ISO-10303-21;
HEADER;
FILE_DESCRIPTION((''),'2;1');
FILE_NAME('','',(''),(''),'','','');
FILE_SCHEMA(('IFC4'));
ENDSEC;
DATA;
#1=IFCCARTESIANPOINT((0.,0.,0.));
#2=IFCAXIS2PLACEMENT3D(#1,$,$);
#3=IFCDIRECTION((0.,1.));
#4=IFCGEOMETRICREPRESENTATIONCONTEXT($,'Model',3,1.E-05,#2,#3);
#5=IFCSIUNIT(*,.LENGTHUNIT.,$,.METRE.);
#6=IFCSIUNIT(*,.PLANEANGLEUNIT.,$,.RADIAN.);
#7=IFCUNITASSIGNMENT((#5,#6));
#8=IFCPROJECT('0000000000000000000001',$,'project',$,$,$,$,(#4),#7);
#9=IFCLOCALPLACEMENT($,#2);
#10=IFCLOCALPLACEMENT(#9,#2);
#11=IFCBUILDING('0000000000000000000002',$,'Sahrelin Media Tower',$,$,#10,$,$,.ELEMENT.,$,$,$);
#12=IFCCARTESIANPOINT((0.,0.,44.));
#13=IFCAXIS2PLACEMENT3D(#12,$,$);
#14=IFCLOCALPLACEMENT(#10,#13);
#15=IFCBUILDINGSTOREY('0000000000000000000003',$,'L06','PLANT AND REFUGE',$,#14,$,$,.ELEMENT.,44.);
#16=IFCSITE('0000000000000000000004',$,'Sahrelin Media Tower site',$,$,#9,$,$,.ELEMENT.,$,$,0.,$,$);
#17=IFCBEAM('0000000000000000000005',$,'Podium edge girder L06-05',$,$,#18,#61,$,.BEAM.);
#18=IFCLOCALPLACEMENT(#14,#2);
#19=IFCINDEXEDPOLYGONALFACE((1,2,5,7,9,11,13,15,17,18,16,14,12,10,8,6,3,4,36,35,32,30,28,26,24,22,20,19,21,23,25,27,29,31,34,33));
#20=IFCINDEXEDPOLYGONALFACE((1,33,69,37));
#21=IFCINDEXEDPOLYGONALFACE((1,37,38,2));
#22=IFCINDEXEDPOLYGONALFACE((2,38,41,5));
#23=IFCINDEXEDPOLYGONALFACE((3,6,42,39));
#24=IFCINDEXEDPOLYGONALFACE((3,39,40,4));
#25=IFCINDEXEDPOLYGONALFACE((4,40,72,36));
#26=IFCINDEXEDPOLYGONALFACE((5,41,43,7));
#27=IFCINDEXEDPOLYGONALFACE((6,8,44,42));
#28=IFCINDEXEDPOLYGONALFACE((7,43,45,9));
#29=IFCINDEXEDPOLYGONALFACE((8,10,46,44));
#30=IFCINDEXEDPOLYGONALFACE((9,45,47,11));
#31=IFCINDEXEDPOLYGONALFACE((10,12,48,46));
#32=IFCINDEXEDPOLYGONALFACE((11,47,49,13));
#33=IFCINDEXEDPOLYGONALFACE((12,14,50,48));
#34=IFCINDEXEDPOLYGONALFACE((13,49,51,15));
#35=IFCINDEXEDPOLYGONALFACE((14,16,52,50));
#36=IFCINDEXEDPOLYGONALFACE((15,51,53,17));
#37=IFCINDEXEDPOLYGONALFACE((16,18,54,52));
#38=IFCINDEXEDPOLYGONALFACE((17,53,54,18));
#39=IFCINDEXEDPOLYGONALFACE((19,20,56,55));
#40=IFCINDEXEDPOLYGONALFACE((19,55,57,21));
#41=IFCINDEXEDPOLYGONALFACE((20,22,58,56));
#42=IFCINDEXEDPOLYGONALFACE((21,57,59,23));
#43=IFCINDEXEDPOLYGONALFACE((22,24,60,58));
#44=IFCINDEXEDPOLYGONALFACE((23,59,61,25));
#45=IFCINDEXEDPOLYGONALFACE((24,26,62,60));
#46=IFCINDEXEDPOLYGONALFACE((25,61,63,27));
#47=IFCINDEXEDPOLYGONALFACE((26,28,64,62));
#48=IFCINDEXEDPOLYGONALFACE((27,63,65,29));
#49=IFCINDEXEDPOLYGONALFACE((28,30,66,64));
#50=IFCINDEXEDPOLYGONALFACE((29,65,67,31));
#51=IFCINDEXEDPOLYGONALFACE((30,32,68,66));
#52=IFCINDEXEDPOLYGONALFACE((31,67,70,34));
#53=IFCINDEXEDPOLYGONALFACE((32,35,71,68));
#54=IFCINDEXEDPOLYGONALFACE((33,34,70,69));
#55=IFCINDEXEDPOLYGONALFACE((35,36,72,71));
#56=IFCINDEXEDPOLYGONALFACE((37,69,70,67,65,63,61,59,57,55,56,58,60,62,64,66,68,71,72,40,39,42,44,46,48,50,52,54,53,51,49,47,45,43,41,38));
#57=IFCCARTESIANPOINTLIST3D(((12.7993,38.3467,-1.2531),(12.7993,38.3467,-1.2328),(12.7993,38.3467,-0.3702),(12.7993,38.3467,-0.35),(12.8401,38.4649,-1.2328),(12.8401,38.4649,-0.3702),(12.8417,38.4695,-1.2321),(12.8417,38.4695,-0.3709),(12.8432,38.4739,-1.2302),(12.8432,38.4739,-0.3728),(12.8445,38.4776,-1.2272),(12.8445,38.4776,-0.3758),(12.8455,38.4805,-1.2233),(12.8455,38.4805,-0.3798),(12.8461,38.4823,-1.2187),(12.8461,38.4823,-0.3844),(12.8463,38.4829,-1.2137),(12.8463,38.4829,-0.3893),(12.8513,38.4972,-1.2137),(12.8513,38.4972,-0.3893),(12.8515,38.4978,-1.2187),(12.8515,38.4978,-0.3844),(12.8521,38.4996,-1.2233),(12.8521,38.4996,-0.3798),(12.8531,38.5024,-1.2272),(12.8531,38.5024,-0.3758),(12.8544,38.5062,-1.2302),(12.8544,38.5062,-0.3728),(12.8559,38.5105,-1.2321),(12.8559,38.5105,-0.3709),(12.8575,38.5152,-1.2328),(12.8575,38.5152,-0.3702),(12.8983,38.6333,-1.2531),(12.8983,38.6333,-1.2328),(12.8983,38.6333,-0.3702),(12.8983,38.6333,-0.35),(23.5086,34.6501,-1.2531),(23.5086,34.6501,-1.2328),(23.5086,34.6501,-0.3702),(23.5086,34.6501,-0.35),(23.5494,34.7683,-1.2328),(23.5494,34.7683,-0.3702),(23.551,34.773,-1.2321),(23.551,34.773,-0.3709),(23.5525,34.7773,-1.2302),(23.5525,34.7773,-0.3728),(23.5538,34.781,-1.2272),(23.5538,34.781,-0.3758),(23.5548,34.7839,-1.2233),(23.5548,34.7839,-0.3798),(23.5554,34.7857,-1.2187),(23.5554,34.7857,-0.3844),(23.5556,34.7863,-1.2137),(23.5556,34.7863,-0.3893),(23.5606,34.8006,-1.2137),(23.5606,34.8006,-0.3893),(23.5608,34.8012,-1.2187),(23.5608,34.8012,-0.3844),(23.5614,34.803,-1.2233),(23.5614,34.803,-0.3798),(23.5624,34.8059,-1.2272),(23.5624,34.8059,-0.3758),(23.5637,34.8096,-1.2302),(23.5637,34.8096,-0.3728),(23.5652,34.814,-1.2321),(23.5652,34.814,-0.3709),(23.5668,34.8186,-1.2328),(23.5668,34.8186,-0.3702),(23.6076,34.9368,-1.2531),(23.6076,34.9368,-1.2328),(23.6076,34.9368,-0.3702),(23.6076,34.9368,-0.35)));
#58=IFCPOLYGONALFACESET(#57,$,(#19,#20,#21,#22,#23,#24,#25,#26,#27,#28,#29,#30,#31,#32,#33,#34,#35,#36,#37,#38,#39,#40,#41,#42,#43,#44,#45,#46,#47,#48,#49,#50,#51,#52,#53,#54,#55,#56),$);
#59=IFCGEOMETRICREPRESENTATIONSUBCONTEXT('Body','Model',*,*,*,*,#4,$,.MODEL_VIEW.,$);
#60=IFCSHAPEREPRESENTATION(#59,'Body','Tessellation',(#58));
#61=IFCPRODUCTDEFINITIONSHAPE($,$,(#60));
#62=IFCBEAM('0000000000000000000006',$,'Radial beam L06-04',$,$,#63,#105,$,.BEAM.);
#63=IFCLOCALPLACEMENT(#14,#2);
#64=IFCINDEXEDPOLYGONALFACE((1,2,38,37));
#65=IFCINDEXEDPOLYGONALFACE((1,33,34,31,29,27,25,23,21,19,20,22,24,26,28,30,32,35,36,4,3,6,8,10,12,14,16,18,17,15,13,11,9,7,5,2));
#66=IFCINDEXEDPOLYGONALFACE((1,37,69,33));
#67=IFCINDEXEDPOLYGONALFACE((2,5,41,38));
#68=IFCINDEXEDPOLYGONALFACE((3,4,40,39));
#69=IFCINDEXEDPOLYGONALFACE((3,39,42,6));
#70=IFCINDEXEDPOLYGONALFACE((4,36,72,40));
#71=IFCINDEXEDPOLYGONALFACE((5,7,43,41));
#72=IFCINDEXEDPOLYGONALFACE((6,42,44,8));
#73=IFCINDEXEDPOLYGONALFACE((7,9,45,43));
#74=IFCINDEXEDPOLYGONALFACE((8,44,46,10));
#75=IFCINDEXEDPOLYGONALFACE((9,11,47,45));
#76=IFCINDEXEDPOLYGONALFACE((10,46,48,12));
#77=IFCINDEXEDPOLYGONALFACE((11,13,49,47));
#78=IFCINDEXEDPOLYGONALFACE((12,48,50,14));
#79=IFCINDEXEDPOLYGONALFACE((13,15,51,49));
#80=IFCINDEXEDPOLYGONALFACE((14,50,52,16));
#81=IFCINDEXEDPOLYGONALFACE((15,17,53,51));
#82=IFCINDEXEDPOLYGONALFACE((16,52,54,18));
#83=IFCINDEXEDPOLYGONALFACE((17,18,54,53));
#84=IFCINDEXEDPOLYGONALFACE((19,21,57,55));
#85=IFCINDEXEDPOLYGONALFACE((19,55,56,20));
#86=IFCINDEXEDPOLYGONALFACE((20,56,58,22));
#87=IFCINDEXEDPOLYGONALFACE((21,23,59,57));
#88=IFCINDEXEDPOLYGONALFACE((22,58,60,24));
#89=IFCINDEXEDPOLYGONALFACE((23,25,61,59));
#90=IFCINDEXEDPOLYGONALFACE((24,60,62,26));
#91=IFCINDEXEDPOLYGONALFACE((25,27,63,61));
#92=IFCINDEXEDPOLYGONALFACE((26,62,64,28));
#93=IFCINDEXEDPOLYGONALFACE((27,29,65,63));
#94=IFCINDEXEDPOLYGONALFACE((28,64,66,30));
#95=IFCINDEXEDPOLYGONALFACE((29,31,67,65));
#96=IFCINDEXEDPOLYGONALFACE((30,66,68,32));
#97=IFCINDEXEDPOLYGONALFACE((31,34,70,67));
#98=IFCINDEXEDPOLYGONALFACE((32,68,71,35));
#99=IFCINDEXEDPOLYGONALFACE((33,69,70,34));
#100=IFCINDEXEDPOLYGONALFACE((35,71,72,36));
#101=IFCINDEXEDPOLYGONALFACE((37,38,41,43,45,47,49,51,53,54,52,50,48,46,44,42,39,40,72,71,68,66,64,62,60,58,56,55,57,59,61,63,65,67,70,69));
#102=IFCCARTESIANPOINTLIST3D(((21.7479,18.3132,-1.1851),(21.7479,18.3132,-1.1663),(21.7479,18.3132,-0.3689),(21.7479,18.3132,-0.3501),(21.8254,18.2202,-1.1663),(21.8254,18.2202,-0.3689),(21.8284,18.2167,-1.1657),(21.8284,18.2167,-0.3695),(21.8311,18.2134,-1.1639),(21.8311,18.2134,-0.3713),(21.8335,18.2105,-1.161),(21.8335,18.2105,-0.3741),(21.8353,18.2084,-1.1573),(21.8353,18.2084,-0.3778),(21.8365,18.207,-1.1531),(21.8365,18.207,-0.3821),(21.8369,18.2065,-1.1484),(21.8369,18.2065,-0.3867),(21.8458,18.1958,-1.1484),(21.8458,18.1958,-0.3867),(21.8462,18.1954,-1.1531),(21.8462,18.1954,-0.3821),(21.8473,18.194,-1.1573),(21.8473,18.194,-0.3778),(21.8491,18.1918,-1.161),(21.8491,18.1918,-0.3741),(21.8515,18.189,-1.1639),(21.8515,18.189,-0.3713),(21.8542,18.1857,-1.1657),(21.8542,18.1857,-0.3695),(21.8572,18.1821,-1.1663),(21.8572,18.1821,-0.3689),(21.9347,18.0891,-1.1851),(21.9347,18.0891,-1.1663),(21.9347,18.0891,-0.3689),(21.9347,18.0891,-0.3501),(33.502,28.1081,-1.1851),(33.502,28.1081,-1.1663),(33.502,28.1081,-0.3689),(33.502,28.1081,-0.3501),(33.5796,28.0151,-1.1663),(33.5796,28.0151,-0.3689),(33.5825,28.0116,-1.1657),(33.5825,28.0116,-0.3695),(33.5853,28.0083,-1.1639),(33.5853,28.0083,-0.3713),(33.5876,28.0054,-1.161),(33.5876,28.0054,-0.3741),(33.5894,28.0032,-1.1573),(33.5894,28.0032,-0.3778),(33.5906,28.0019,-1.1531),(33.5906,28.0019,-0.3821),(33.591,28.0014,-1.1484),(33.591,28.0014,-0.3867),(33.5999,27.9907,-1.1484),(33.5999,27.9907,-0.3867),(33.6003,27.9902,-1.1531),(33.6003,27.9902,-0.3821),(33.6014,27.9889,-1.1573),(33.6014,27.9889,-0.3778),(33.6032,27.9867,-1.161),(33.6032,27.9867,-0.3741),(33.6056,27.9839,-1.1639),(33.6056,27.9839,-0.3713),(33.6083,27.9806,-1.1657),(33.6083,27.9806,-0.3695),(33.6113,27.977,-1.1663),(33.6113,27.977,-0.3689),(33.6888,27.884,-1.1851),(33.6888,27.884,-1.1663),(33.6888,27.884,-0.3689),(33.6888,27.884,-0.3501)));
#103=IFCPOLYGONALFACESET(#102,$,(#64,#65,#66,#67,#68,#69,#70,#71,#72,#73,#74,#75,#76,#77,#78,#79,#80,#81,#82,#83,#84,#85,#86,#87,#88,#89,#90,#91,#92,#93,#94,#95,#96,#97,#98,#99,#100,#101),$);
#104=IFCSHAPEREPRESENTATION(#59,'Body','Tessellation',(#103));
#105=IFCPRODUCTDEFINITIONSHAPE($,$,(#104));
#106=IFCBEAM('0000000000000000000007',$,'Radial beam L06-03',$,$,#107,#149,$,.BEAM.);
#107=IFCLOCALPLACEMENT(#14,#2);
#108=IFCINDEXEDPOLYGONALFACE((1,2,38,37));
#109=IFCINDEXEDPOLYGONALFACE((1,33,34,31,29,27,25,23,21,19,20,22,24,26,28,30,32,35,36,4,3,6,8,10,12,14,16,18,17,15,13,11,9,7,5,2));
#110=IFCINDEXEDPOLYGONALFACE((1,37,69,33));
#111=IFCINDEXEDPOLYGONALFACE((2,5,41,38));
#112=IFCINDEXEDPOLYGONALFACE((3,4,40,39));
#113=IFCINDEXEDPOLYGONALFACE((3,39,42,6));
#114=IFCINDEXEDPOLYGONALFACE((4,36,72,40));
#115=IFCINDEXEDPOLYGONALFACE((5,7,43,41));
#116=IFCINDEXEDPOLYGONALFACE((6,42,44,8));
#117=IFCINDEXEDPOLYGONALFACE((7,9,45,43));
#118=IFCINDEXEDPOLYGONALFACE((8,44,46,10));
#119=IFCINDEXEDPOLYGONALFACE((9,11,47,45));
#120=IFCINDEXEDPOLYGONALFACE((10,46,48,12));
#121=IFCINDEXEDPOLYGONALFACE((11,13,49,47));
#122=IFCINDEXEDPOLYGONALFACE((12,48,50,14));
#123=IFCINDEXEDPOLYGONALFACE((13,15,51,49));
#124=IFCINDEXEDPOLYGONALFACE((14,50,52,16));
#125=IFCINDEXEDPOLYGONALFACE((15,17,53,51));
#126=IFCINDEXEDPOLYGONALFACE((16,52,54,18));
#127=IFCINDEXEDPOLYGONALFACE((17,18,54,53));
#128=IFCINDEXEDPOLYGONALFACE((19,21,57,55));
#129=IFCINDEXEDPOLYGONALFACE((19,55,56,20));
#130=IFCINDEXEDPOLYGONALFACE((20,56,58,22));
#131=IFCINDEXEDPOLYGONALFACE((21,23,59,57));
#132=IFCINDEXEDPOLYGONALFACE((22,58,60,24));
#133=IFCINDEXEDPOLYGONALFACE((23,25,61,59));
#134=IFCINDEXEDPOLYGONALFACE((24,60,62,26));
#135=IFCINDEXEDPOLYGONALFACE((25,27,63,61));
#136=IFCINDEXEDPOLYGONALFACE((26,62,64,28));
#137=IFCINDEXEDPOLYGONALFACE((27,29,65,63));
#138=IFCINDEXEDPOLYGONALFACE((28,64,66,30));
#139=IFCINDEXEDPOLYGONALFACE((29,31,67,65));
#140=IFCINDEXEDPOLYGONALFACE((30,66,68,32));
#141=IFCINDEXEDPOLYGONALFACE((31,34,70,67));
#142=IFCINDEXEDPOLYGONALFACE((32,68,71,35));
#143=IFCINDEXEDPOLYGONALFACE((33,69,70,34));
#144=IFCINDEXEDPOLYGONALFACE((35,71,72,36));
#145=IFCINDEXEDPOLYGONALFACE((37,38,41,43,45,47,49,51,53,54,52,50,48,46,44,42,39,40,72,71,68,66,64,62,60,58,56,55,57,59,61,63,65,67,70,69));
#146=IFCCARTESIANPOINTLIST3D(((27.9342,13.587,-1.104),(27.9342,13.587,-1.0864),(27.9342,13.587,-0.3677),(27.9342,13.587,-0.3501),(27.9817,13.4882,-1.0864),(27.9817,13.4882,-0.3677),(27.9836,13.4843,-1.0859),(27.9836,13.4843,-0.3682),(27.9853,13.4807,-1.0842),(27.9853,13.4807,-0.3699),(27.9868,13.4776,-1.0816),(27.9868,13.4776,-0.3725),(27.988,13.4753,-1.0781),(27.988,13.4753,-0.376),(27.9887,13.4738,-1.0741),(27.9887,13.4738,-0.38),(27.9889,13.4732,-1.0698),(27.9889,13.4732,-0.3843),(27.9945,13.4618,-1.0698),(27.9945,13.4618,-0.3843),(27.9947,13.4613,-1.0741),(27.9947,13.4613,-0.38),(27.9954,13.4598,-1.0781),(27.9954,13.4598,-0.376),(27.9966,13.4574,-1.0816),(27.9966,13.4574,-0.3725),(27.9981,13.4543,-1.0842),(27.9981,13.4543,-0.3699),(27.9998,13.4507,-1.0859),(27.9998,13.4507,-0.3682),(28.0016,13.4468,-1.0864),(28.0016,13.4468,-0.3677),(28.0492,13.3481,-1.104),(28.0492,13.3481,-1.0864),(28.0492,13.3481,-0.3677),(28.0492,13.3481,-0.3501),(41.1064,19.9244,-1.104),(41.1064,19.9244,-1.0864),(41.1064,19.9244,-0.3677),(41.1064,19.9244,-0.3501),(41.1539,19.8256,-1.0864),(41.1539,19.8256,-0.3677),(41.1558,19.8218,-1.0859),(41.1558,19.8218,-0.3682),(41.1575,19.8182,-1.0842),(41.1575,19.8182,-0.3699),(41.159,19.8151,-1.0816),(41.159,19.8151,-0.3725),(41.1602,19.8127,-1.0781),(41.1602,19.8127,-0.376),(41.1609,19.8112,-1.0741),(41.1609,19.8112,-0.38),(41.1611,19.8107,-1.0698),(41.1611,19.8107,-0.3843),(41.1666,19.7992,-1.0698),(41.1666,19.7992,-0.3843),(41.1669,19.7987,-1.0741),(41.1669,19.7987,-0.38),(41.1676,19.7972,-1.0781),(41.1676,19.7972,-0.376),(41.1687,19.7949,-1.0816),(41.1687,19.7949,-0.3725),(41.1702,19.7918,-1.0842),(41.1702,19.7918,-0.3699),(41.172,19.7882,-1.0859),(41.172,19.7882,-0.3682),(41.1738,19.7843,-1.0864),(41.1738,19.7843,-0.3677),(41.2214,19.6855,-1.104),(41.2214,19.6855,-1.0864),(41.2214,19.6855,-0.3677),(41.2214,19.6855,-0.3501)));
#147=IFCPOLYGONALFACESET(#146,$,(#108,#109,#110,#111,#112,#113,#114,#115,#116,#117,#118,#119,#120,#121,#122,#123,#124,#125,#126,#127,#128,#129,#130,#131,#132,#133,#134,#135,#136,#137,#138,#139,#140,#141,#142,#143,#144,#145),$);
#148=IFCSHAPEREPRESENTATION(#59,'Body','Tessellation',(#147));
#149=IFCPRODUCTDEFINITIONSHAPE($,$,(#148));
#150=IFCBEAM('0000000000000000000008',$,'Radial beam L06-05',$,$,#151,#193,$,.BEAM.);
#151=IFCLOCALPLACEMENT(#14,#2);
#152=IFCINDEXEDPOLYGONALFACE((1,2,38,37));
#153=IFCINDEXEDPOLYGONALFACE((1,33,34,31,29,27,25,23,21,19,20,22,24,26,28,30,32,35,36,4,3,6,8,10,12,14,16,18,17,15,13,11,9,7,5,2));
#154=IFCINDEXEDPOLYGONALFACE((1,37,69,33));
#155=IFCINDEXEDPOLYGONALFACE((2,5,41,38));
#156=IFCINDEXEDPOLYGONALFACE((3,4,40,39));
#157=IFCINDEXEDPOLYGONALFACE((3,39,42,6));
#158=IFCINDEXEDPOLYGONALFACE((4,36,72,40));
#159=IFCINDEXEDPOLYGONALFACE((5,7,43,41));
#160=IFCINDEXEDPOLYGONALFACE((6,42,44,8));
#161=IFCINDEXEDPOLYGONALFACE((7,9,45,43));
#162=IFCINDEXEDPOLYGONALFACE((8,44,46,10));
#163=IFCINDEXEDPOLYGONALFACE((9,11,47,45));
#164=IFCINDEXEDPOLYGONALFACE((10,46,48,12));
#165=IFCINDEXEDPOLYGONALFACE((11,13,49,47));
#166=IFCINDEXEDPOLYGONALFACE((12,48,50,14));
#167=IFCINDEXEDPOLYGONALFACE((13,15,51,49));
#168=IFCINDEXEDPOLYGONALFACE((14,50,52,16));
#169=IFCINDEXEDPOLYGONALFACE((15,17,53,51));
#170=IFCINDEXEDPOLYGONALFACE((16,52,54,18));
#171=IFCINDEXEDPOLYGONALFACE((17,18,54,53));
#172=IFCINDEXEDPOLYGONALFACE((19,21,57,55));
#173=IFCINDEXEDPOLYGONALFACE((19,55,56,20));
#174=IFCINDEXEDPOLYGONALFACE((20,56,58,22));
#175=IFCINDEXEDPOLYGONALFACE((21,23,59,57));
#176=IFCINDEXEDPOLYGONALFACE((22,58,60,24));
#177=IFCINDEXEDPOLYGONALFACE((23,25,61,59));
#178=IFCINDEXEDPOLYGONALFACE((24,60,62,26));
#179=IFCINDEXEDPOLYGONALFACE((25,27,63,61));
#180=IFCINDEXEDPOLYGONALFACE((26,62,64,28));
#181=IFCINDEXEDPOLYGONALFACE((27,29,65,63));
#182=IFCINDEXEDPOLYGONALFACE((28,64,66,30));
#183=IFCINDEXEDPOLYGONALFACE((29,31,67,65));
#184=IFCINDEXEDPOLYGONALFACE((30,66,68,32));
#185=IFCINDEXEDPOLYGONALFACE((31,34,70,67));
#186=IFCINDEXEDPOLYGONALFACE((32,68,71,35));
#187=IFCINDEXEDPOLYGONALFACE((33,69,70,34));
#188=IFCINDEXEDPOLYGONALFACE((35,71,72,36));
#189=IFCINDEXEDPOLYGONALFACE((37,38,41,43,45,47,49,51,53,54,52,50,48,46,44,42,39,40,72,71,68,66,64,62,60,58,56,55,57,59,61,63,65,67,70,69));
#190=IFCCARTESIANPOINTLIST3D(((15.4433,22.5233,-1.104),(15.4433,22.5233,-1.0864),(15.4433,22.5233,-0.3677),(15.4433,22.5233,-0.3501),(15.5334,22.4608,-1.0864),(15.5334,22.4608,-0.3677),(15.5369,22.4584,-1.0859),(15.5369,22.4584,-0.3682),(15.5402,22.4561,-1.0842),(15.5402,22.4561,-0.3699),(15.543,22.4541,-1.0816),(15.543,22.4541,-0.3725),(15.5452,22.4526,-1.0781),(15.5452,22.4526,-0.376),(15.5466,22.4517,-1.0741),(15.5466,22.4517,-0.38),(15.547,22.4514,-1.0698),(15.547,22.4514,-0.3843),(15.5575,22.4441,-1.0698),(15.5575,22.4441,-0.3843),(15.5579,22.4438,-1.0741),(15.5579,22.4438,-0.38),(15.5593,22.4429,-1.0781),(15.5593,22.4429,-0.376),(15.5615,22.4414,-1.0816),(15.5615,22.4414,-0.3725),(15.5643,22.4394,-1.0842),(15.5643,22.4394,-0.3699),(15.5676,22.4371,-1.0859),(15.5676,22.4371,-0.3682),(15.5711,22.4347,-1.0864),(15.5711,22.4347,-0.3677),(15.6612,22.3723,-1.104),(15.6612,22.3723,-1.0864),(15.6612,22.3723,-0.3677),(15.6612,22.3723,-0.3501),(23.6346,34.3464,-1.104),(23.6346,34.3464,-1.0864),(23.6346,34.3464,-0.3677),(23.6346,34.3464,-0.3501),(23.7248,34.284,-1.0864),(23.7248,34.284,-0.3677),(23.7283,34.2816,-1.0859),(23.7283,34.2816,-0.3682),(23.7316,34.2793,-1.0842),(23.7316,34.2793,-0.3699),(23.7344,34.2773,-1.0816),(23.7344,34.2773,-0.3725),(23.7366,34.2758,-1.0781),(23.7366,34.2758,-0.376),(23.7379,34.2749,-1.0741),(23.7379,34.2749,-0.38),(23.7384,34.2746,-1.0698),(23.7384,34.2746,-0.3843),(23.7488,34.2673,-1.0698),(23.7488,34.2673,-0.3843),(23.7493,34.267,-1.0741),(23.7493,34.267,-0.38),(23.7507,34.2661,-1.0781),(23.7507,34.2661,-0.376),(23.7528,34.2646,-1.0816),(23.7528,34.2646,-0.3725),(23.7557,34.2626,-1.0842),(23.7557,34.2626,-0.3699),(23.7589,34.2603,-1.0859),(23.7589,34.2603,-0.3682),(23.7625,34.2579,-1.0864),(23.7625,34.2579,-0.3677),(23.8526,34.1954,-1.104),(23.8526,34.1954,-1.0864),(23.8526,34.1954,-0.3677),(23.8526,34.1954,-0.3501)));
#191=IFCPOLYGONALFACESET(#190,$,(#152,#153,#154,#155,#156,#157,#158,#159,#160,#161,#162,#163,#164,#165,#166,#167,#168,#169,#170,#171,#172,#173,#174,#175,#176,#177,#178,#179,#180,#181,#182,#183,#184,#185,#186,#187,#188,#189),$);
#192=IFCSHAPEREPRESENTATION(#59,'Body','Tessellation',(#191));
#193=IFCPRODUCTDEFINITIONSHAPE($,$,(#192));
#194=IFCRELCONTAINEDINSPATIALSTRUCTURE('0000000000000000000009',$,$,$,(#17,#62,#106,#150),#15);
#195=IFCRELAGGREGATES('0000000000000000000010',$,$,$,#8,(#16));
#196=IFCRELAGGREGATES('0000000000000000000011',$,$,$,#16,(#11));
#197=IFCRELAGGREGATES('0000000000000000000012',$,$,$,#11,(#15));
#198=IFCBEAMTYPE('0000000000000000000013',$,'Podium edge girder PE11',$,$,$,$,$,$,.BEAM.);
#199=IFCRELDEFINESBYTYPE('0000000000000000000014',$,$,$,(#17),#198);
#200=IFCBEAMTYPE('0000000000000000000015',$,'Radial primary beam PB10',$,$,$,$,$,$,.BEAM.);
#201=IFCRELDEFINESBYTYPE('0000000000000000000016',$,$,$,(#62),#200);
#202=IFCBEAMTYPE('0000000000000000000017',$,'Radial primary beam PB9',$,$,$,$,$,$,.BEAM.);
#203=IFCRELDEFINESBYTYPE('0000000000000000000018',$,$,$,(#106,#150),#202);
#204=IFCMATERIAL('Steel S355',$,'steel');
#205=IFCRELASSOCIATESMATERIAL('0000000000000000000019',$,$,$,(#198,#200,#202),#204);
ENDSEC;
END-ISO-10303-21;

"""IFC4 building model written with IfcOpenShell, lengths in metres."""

from ifc_helpers import new_model, si_unit, direction, frame, origin, origin_2d, place, context, subcontext, project, spatial, i_section, extrude, material, material_profile, profile_set, type_object, element, save


model = new_model("IFC4")

# Units and contexts
model_context = context("Model", 3, precision=1e-05, world=origin(), true_north=direction((0.0, 1.0)))
body_context = subcontext(model_context, "Body", "Model", "MODEL_VIEW")
ifc_project = project(units=[si_unit("LENGTHUNIT", "METRE"), si_unit("PLANEANGLEUNIT", "RADIAN")], contexts=[model_context])

# Site, building, storey
site_placement = place(None, origin())
site = spatial("IfcSite", under=ifc_project, at=site_placement, Name="Sahrelin Media Tower site", CompositionType="ELEMENT", RefElevation=0.0)
building_placement = place(site_placement, origin())
building = spatial("IfcBuilding", under=site, at=building_placement, Name="Sahrelin Media Tower", CompositionType="ELEMENT")
storey_placement = place(building_placement, frame((0.0, 0.0, 44.0)))
storey = spatial("IfcBuildingStorey", under=building, at=storey_placement, Name="L06", Description="PLANT AND REFUGE", CompositionType="ELEMENT", Elevation=44.0)

# Beams
ifc_material_1 = material(Name="Steel S355", Category="steel")
ifc_material_profile_1 = material_profile(ifc_material_1, i_section(OverallWidth=0.3032, OverallDepth=0.9031, WebThickness=0.0151, FlangeThickness=0.0203, FilletRadius=0.019, at=origin_2d()), Name="UB 914x305x201")
ifc_profile_set_1 = profile_set([ifc_material_profile_1], Name="Steel S355")
beam_type_1 = type_object("IfcBeamType", Name="Podium edge girder PE11", PredefinedType="BEAM", material=ifc_profile_set_1)
beam_1_placement = place(storey_placement, frame((23.5581, 34.7935, -0.8015), z_axis=(-0.945272, 0.326282, 0.0), x_axis=(-0.326282, -0.945272, 0.0)))
element("IfcBeam", 1, at=beam_1_placement, inside=storey, type_object=beam_type_1, Name="Podium edge girder L06-05", PredefinedType="BEAM", context=body_context, shape_type="SweptSolid", body=[
    extrude(i_section(OverallWidth=0.3032, OverallDepth=0.9031, WebThickness=0.0151, FlangeThickness=0.0203, FilletRadius=0.019, at=origin_2d()), origin(), (0.0, 0.0, 1.0), 11.3293),
])
ifc_material_profile_2 = material_profile(ifc_material_1, i_section(OverallWidth=0.2917, OverallDepth=0.835, WebThickness=0.0139, FlangeThickness=0.0188, FilletRadius=0.0178, at=origin_2d()), Name="UB 838x292x176")
ifc_profile_set_2 = profile_set([ifc_material_profile_2], Name="Steel S355")
beam_type_2 = type_object("IfcBeamType", Name="Radial primary beam PB10", PredefinedType="BEAM", material=ifc_profile_set_2)
beam_2_placement = place(storey_placement, frame((21.8413, 18.2012, -0.7676), z_axis=(0.768228, 0.640177, 0.0), x_axis=(-0.640177, 0.768228, 0.0)))
element("IfcBeam", 2, at=beam_2_placement, inside=storey, type_object=beam_type_2, Name="Radial beam L06-04", PredefinedType="BEAM", context=body_context, shape_type="SweptSolid", body=[
    extrude(i_section(OverallWidth=0.2917, OverallDepth=0.835, WebThickness=0.0139, FlangeThickness=0.0188, FilletRadius=0.0178, at=origin_2d()), origin(), (0.0, 0.0, 1.0), 15.3003),
])
ifc_material_profile_3 = material_profile(ifc_material_1, i_section(OverallWidth=0.2651, OverallDepth=0.7539, WebThickness=0.0127, FlangeThickness=0.0176, FilletRadius=0.0166, at=origin_2d()), Name="UB 762x267x147")
ifc_profile_set_3 = profile_set([ifc_material_profile_3], Name="Steel S355")
beam_type_3 = type_object("IfcBeamType", Name="Radial primary beam PB9", PredefinedType="BEAM", material=ifc_profile_set_3)
beam_3_placement = place(storey_placement, frame((27.9917, 13.4675, -0.7271), z_axis=(0.901128, 0.433553, 0.0), x_axis=(-0.433553, 0.901128, 0.0)))
element("IfcBeam", 3, at=beam_3_placement, inside=storey, type_object=beam_type_3, Name="Radial beam L06-03", PredefinedType="BEAM", context=body_context, shape_type="SweptSolid", body=[
    extrude(i_section(OverallWidth=0.2651, OverallDepth=0.7539, WebThickness=0.0127, FlangeThickness=0.0176, FilletRadius=0.0166, at=origin_2d()), origin(), (0.0, 0.0, 1.0), 14.6174),
])
beam_4_placement = place(storey_placement, frame((15.5522, 22.4478, -0.7271), z_axis=(0.569496, 0.821994, 0.0), x_axis=(-0.821994, 0.569496, 0.0)))
element("IfcBeam", 4, at=beam_4_placement, inside=storey, type_object=beam_type_3, Name="Radial beam L06-05", PredefinedType="BEAM", context=body_context, shape_type="SweptSolid", body=[
    extrude(i_section(OverallWidth=0.2651, OverallDepth=0.7539, WebThickness=0.0127, FlangeThickness=0.0176, FilletRadius=0.0166, at=origin_2d()), origin(), (0.0, 0.0, 1.0), 14.3835),
])

save(model, "model.ifc")
